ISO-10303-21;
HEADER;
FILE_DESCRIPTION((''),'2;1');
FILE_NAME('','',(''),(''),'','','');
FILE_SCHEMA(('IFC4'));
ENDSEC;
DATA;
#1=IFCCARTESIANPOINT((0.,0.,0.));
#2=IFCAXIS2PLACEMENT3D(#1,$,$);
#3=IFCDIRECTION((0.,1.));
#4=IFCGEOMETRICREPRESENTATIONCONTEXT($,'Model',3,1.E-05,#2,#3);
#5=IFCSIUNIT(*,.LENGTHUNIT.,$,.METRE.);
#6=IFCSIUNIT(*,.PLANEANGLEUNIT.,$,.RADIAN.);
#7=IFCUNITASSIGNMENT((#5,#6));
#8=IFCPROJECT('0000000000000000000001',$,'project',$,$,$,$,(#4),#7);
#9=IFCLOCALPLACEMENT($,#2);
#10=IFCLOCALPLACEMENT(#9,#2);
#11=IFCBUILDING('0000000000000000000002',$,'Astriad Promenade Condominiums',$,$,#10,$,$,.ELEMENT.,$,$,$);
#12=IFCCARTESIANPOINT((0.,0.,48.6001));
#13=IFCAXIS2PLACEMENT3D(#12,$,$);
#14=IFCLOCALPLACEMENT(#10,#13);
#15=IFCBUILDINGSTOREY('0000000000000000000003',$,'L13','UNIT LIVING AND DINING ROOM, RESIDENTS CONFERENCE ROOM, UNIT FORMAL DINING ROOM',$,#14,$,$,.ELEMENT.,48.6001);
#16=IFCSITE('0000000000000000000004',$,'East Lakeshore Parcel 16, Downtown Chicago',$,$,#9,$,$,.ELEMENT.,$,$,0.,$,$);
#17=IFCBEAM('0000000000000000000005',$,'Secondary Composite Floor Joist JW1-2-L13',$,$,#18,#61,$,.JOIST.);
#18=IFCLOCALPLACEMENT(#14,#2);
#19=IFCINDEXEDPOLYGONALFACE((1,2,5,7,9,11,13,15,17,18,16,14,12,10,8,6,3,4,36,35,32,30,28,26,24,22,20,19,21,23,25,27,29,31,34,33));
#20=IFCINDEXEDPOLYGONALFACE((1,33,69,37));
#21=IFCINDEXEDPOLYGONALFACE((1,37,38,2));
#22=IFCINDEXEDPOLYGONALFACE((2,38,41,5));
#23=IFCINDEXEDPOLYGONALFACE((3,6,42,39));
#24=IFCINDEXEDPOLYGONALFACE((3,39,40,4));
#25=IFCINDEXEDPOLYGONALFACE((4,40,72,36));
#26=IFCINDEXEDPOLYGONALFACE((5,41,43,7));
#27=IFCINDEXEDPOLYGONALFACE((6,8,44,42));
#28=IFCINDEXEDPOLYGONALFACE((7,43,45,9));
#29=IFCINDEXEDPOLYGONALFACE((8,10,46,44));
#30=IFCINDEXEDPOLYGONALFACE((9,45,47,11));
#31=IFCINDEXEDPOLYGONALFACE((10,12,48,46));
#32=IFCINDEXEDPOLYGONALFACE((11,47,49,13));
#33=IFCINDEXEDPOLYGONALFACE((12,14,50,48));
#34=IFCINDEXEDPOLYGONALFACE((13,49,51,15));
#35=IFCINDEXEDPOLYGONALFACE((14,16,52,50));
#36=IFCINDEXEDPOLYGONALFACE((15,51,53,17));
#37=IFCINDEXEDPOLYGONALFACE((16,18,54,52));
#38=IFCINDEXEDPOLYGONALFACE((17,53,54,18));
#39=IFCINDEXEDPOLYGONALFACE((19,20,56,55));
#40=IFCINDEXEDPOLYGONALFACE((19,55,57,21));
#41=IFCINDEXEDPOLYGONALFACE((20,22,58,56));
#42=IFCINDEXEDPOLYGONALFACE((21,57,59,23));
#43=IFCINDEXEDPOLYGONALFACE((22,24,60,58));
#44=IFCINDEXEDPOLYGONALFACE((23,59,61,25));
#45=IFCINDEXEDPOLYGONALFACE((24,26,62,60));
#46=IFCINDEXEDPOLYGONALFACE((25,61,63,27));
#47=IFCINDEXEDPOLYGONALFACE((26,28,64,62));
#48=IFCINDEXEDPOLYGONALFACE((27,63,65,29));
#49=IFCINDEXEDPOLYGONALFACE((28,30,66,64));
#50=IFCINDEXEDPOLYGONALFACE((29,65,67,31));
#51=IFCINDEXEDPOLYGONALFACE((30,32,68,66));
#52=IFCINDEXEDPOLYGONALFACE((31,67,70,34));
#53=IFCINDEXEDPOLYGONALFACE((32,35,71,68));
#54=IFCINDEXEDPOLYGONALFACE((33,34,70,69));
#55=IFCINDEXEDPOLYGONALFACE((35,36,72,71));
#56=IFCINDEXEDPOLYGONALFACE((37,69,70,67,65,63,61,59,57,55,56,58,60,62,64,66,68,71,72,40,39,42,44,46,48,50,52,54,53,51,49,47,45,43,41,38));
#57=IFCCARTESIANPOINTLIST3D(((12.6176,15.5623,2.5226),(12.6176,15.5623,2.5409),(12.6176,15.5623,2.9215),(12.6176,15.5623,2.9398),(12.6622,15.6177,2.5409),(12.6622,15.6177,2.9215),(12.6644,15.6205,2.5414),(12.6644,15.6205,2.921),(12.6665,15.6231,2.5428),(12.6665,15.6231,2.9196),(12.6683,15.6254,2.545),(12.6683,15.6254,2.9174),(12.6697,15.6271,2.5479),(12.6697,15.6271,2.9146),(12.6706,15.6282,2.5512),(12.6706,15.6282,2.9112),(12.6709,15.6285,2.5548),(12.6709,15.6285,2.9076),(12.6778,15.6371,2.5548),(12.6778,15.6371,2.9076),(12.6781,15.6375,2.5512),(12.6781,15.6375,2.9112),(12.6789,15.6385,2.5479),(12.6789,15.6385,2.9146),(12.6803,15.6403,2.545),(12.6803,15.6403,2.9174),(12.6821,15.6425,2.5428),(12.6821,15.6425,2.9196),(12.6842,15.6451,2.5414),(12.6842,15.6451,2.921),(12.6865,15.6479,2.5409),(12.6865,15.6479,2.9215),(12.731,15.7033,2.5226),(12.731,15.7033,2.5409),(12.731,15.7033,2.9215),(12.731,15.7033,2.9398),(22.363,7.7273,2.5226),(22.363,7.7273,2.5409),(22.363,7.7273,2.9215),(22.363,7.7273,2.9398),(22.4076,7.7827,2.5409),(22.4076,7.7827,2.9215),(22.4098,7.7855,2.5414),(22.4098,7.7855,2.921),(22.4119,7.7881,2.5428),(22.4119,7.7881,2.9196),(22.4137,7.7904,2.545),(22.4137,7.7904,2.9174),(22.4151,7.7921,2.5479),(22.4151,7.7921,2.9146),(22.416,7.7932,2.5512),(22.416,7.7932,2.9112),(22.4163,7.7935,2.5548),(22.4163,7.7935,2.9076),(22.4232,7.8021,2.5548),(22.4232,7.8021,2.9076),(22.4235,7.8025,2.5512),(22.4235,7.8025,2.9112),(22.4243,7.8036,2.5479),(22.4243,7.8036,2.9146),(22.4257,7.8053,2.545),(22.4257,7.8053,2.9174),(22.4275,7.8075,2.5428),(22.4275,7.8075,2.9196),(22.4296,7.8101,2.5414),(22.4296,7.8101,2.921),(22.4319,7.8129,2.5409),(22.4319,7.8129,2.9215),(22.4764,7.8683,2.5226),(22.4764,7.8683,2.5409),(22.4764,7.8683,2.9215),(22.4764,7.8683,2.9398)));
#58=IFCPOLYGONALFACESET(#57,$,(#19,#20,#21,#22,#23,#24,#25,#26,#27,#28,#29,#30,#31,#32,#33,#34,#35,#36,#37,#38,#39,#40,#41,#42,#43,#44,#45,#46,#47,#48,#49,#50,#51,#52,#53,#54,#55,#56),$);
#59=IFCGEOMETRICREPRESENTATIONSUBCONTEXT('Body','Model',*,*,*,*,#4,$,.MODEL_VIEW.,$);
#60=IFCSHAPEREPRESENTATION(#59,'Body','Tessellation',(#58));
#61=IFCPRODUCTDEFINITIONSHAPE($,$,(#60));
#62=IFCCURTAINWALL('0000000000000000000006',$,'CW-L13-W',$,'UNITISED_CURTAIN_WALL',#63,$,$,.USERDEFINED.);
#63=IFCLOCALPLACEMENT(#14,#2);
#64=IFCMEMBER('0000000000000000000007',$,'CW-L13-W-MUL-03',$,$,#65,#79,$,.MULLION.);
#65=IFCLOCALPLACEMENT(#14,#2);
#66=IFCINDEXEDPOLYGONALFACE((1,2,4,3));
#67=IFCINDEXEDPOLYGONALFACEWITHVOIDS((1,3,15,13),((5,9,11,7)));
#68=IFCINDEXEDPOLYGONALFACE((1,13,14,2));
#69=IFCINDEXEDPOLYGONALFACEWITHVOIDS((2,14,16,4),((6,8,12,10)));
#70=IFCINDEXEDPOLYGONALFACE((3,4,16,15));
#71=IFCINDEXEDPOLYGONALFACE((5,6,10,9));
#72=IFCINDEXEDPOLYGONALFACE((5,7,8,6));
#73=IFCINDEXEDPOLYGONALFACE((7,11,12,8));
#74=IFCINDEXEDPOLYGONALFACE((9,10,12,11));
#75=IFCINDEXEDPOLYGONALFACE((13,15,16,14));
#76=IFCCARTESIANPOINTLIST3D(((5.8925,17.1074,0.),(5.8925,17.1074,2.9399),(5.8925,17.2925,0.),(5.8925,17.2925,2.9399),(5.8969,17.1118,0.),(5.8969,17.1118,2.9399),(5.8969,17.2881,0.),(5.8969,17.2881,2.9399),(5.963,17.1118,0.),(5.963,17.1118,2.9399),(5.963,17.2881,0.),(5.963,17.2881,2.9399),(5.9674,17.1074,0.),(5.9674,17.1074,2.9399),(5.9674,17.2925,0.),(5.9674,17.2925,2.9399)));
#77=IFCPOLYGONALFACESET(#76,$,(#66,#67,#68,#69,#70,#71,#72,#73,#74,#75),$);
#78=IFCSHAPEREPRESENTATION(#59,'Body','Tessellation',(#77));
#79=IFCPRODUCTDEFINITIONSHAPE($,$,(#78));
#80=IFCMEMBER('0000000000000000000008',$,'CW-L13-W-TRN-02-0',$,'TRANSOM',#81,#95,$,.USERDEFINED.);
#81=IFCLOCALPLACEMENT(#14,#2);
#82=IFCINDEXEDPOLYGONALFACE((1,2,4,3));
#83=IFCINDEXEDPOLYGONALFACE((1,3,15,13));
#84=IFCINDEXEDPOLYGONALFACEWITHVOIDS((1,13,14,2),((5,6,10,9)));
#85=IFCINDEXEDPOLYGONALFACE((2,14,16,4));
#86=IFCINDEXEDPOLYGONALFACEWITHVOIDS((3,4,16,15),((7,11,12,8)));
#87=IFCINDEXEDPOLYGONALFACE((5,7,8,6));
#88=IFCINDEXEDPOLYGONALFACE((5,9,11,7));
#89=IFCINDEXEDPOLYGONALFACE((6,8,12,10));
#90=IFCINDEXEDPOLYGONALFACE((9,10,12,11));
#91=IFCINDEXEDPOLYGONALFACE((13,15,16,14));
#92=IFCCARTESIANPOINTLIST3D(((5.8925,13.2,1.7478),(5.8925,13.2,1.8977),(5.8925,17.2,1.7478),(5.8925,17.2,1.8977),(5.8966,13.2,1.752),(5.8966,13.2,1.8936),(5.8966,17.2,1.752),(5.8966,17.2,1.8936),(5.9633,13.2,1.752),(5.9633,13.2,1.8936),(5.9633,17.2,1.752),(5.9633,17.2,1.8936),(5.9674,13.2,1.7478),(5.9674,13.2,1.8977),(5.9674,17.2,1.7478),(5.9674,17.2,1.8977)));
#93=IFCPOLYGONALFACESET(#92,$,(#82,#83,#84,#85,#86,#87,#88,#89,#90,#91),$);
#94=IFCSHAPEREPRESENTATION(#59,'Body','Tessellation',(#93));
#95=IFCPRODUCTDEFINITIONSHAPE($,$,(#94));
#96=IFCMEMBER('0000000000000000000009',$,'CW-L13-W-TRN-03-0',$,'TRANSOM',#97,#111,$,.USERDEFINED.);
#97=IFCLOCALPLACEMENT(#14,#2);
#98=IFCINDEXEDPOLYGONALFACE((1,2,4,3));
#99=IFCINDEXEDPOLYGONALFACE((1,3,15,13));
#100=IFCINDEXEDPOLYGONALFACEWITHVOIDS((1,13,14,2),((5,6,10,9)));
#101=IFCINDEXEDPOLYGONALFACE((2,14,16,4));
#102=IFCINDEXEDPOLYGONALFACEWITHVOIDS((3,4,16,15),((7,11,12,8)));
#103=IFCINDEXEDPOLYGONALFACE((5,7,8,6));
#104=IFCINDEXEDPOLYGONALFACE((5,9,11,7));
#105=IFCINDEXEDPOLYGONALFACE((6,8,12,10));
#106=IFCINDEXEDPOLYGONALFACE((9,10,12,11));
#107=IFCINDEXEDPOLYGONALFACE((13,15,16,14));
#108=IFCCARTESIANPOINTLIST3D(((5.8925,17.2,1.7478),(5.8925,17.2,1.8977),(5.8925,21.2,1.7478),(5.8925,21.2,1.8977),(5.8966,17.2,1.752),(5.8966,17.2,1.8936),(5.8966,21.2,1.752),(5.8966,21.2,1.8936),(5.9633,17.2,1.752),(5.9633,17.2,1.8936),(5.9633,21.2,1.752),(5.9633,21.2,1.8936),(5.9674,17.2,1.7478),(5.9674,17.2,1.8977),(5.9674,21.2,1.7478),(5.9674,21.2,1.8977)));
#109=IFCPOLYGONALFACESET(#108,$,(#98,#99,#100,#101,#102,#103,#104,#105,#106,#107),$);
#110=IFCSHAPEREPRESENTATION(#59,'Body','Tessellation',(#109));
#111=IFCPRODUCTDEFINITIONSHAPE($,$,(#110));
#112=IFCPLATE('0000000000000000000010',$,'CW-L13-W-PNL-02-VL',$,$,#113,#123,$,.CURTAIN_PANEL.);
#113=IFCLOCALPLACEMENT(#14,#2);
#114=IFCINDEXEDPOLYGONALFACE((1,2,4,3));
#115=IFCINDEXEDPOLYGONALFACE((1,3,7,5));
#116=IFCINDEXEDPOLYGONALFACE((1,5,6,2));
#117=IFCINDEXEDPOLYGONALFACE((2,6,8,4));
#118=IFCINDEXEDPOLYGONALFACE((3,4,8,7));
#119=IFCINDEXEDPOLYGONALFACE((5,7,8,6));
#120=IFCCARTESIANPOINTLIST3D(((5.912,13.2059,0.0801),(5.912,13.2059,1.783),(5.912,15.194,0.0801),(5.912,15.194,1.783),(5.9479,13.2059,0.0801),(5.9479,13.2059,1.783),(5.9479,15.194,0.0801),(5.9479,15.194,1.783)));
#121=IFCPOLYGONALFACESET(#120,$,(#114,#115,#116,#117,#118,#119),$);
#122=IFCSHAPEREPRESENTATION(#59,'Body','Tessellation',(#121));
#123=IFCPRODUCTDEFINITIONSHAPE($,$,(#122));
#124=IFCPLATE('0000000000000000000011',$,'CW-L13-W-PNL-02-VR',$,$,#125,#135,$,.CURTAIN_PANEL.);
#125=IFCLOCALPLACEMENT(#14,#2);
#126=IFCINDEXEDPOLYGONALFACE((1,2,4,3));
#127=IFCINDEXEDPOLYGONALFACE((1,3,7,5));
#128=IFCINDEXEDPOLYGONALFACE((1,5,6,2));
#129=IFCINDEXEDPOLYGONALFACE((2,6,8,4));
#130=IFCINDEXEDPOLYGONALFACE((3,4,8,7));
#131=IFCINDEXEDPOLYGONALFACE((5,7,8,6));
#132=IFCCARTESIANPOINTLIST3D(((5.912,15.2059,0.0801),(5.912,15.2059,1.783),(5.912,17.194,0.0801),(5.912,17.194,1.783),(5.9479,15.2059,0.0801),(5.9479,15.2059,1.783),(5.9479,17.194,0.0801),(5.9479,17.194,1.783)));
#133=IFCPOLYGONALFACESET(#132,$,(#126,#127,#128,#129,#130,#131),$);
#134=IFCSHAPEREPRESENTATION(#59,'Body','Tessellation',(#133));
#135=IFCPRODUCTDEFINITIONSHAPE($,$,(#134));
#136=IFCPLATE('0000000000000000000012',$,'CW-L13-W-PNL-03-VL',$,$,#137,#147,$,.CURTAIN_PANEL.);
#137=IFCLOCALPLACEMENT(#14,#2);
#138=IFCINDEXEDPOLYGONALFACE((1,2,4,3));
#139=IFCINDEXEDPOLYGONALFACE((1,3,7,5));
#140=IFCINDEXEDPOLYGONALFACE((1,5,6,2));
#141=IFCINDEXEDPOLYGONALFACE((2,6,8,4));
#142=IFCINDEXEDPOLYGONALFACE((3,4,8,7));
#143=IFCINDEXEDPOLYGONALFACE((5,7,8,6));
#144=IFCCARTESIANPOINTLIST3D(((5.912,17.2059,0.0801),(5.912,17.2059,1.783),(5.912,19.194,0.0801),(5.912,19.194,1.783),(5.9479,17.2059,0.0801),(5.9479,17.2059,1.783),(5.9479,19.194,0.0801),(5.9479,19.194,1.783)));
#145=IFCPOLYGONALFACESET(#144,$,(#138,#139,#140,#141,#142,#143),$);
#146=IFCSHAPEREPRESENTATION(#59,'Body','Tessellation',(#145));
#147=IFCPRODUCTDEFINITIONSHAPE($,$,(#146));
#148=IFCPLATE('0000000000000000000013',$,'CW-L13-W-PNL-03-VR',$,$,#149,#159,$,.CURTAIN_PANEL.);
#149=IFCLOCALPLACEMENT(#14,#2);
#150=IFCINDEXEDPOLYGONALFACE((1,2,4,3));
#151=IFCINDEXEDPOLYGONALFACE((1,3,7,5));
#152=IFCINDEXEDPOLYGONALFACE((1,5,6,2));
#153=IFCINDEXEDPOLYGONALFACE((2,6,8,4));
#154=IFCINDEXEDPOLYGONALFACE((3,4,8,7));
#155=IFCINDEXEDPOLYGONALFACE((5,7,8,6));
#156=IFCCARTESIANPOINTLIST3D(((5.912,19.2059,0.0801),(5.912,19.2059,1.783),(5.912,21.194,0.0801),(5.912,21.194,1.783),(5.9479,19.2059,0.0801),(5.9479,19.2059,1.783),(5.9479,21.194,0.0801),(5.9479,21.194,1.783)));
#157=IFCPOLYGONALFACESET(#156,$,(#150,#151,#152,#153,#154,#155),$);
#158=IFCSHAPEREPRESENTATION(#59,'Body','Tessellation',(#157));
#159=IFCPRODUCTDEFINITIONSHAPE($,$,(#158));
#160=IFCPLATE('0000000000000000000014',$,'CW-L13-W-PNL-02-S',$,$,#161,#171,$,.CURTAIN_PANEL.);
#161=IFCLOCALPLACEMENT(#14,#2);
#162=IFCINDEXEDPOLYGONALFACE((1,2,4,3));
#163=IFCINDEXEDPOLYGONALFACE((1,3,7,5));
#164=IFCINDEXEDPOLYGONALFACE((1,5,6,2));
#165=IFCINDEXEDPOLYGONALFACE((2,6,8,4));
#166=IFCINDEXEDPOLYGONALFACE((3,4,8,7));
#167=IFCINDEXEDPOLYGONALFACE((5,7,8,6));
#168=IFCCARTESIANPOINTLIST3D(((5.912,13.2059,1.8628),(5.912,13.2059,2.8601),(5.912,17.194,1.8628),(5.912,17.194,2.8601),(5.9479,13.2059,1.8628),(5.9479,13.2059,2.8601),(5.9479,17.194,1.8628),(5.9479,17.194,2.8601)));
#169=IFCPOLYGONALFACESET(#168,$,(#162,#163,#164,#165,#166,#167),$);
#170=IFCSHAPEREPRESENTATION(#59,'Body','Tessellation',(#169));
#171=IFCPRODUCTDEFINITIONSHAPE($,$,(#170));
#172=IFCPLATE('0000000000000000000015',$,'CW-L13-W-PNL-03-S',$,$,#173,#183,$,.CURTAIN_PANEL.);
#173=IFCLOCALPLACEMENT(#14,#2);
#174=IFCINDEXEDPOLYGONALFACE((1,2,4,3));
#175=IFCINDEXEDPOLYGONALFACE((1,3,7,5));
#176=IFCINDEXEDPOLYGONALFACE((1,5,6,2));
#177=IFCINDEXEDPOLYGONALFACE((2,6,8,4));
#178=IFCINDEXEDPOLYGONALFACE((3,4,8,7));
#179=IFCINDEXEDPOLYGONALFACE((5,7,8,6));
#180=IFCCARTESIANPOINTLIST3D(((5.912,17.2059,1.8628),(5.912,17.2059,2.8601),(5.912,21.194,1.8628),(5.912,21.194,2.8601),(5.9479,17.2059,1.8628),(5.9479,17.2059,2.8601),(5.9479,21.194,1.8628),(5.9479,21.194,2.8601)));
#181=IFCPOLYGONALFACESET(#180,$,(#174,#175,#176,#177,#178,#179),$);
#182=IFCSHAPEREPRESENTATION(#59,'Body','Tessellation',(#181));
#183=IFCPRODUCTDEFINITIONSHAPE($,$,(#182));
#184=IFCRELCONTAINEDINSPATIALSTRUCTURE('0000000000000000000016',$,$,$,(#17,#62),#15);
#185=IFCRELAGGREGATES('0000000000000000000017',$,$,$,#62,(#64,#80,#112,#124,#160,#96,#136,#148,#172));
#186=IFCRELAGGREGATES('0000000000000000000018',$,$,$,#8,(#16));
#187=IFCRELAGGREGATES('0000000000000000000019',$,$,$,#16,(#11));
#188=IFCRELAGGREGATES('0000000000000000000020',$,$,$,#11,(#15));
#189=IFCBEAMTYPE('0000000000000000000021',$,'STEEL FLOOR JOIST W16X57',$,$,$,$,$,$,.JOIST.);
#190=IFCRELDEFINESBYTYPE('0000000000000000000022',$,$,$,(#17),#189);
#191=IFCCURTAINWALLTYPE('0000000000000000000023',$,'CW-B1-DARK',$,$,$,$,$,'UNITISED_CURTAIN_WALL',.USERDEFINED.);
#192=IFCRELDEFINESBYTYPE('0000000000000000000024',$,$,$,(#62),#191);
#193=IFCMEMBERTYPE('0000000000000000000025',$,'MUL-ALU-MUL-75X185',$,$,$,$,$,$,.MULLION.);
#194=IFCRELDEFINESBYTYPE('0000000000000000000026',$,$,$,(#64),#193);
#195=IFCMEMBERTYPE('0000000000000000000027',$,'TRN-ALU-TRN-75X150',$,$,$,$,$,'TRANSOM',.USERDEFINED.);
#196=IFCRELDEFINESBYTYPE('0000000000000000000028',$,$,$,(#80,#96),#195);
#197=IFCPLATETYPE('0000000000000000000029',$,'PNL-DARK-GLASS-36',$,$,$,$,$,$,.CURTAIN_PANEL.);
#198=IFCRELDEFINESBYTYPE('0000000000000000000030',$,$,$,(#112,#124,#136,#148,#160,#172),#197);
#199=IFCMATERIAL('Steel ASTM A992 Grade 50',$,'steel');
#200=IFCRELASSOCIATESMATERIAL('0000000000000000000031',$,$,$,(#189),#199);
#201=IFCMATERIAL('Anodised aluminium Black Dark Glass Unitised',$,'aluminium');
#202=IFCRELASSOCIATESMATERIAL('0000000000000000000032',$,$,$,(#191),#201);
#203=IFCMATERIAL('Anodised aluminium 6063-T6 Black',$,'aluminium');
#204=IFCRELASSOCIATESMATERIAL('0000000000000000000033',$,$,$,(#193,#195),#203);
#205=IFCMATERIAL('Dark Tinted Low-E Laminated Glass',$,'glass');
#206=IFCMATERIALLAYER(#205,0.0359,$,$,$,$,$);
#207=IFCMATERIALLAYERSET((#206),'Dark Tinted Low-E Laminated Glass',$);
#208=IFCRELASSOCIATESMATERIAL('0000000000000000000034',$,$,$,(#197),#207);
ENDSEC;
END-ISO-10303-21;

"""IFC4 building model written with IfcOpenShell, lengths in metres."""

from ifc_helpers import new_model, si_unit, direction, frame, origin, origin_2d, place, context, subcontext, project, spatial, rectangle, hollow_rectangle, i_section, extrude, source, transform, mapped, material, layer, layer_set, material_profile, profile_set, type_object, type_shapes, element, aggregate, save


model = new_model("IFC4")

# Units and contexts
model_context = context("Model", 3, precision=1e-05, world=origin(), true_north=direction((0.0, 1.0)))
body_context = subcontext(model_context, "Body", "Model", "MODEL_VIEW")
ifc_project = project(units=[si_unit("LENGTHUNIT", "METRE"), si_unit("PLANEANGLEUNIT", "RADIAN")], contexts=[model_context])

# Site, building, storey
site_placement = place(None, origin())
site = spatial("IfcSite", under=ifc_project, at=site_placement, Name="East Lakeshore Parcel 16, Downtown Chicago", CompositionType="ELEMENT", RefElevation=0.0)
building_placement = place(site_placement, origin())
building = spatial("IfcBuilding", under=site, at=building_placement, Name="Astriad Promenade Condominiums", CompositionType="ELEMENT")
storey_placement = place(building_placement, frame((0.0, 0.0, 48.6001)))
storey = spatial("IfcBuildingStorey", under=building, at=storey_placement, Name="L13", Description="UNIT LIVING AND DINING ROOM, RESIDENTS CONFERENCE ROOM, UNIT FORMAL DINING ROOM", CompositionType="ELEMENT", Elevation=48.6001)

# Beam
ifc_material_1 = material(Name="Steel ASTM A992 Grade 50", Category="steel")
ifc_material_profile_1 = material_profile(ifc_material_1, i_section(OverallWidth=0.1809, OverallDepth=0.4172, WebThickness=0.011, FlangeThickness=0.0183, FilletRadius=0.0139, at=origin_2d()), Name="W16X57")
ifc_profile_set_1 = profile_set([ifc_material_profile_1], Name="Steel ASTM A992 Grade 50")
beam_type_1 = type_object("IfcBeamType", Name="STEEL FLOOR JOIST W16X57", PredefinedType="JOIST", material=ifc_profile_set_1)
shared_shape_1 = source(origin(), body_context, "Body", "SweptSolid", [
    extrude(i_section(OverallWidth=0.1809, OverallDepth=0.4172, WebThickness=0.011, FlangeThickness=0.0183, FilletRadius=0.0139, at=origin_2d()), origin(), (0.0, 0.0, 1.0), 12.5044),
])
beam_1_placement = place(storey_placement, frame((12.6743, 15.6328, 2.7312), z_axis=(0.779358, -0.626579, 0.0), x_axis=(0.626579, 0.779358, 0.0)))
element("IfcBeam", 1, at=beam_1_placement, inside=storey, type_object=beam_type_1, Name="Secondary Composite Floor Joist JW1-2-L13", PredefinedType="JOIST", context=body_context, shape_type="MappedRepresentation", body=[
    mapped(shared_shape_1, transform((0.0, 0.0, 0.0), scale=1.0)),
])

# Curtain wall, members, plates
ifc_material_2 = material(Name="Anodised aluminium Black Dark Glass Unitised", Category="aluminium")
curtain_wall_type = type_object("IfcCurtainWallType", Name="CW-B1-DARK", ElementType="UNITISED_CURTAIN_WALL", PredefinedType="USERDEFINED", material=ifc_material_2)
curtain_wall_placement = place(storey_placement, origin())
curtain_wall = element("IfcCurtainWall", 2, at=curtain_wall_placement, inside=storey, type_object=curtain_wall_type, Name="CW-L13-W", ObjectType="UNITISED_CURTAIN_WALL", PredefinedType="USERDEFINED")
ifc_material_3 = material(Name="Anodised aluminium 6063-T6 Black", Category="aluminium")
ifc_material_profile_2 = material_profile(ifc_material_3, hollow_rectangle(XDim=0.075, YDim=0.1851, WallThickness=0.0044, at=origin_2d()), Name="ALU-MUL-75X185")
ifc_profile_set_2 = profile_set([ifc_material_profile_2], Name="Anodised aluminium 6063-T6 Black")
member_type_1 = type_object("IfcMemberType", Name="MUL-ALU-MUL-75X185", PredefinedType="MULLION", material=ifc_profile_set_2)
shared_shape_2 = source(origin(), body_context, "Body", "SweptSolid", [
    extrude(hollow_rectangle(XDim=0.075, YDim=0.1851, WallThickness=0.0044, at=origin_2d()), origin(), (0.0, 0.0, 1.0), 2.9399),
])
type_shapes(member_type_1, [shared_shape_2])
member_1_placement = place(storey_placement, frame((5.9299, 17.2, 0.0), z_axis=(0.0, 0.0, 1.0), x_axis=(1.0, 0.0, 0.0)))
member_1 = element("IfcMember", 3, at=member_1_placement, type_object=member_type_1, Name="CW-L13-W-MUL-03", PredefinedType="MULLION", context=body_context, shape_type="MappedRepresentation", body=[
    mapped(shared_shape_2, transform((0.0, 0.0, 0.0), scale=1.0)),
])
ifc_material_profile_3 = material_profile(ifc_material_3, hollow_rectangle(XDim=0.075, YDim=0.1499, WallThickness=0.0042, at=origin_2d()), Name="ALU-TRN-75X150")
ifc_profile_set_3 = profile_set([ifc_material_profile_3], Name="Anodised aluminium 6063-T6 Black")
member_type_2 = type_object("IfcMemberType", Name="TRN-ALU-TRN-75X150", ElementType="TRANSOM", PredefinedType="USERDEFINED", material=ifc_profile_set_3)
shared_shape_3 = source(origin(), body_context, "Body", "SweptSolid", [
    extrude(hollow_rectangle(XDim=0.075, YDim=0.1499, WallThickness=0.0042, at=origin_2d()), origin(), (0.0, 0.0, 1.0), 4.0),
])
type_shapes(member_type_2, [shared_shape_3])
member_2_placement = place(storey_placement, frame((5.9299, 13.2, 1.8228), z_axis=(0.0, 1.0, 0.0), x_axis=(-1.0, 0.0, 0.0)))
member_2 = element("IfcMember", 4, at=member_2_placement, type_object=member_type_2, Name="CW-L13-W-TRN-02-0", ObjectType="TRANSOM", PredefinedType="USERDEFINED", context=body_context, shape_type="MappedRepresentation", body=[
    mapped(shared_shape_3, transform((0.0, 0.0, 0.0), scale=1.0)),
])
member_3_placement = place(storey_placement, frame((5.9299, 17.2, 1.8228), z_axis=(0.0, 1.0, 0.0), x_axis=(-1.0, 0.0, 0.0)))
member_3 = element("IfcMember", 5, at=member_3_placement, type_object=member_type_2, Name="CW-L13-W-TRN-03-0", ObjectType="TRANSOM", PredefinedType="USERDEFINED", context=body_context, shape_type="MappedRepresentation", body=[
    mapped(shared_shape_3, transform((0.0, 0.0, 0.0), scale=1.0)),
])
ifc_material_4 = material(Name="Dark Tinted Low-E Laminated Glass", Category="glass")
ifc_layer_1 = layer(ifc_material_4, 0.0359)
ifc_layer_set_1 = layer_set([ifc_layer_1], Name="Dark Tinted Low-E Laminated Glass")
plate_type = type_object("IfcPlateType", Name="PNL-DARK-GLASS-36", PredefinedType="CURTAIN_PANEL", material=ifc_layer_set_1)
shared_shape_4 = source(origin(), body_context, "Body", "SweptSolid", [
    extrude(rectangle(XDim=1.988, YDim=0.0359, at=origin_2d()), origin(), (0.0, 0.0, 1.0), 1.7029),
])
plate_1_placement = place(storey_placement, frame((5.9299, 14.2, 0.0801), z_axis=(0.0, 0.0, 1.0), x_axis=(0.0, 1.0, 0.0)))
plate_1 = element("IfcPlate", 6, at=plate_1_placement, type_object=plate_type, Name="CW-L13-W-PNL-02-VL", PredefinedType="CURTAIN_PANEL", context=body_context, shape_type="MappedRepresentation", body=[
    mapped(shared_shape_4, transform((0.0, 0.0, 0.0), scale=1.0)),
])
plate_2_placement = place(storey_placement, frame((5.9299, 16.2, 0.0801), z_axis=(0.0, 0.0, 1.0), x_axis=(0.0, 1.0, 0.0)))
plate_2 = element("IfcPlate", 7, at=plate_2_placement, type_object=plate_type, Name="CW-L13-W-PNL-02-VR", PredefinedType="CURTAIN_PANEL", context=body_context, shape_type="MappedRepresentation", body=[
    mapped(shared_shape_4, transform((0.0, 0.0, 0.0), scale=1.0)),
])
plate_3_placement = place(storey_placement, frame((5.9299, 18.2, 0.0801), z_axis=(0.0, 0.0, 1.0), x_axis=(0.0, 1.0, 0.0)))
plate_3 = element("IfcPlate", 8, at=plate_3_placement, type_object=plate_type, Name="CW-L13-W-PNL-03-VL", PredefinedType="CURTAIN_PANEL", context=body_context, shape_type="MappedRepresentation", body=[
    mapped(shared_shape_4, transform((0.0, 0.0, 0.0), scale=1.0)),
])
plate_4_placement = place(storey_placement, frame((5.9299, 20.2, 0.0801), z_axis=(0.0, 0.0, 1.0), x_axis=(0.0, 1.0, 0.0)))
plate_4 = element("IfcPlate", 9, at=plate_4_placement, type_object=plate_type, Name="CW-L13-W-PNL-03-VR", PredefinedType="CURTAIN_PANEL", context=body_context, shape_type="MappedRepresentation", body=[
    mapped(shared_shape_4, transform((0.0, 0.0, 0.0), scale=1.0)),
])
shared_shape_5 = source(origin(), body_context, "Body", "SweptSolid", [
    extrude(rectangle(XDim=3.988, YDim=0.0359, at=origin_2d()), origin(), (0.0, 0.0, 1.0), 0.9973),
])
type_shapes(plate_type, [shared_shape_4, shared_shape_5])
plate_5_placement = place(storey_placement, frame((5.9299, 15.2, 1.8628), z_axis=(0.0, 0.0, 1.0), x_axis=(0.0, 1.0, 0.0)))
plate_5 = element("IfcPlate", 10, at=plate_5_placement, type_object=plate_type, Name="CW-L13-W-PNL-02-S", PredefinedType="CURTAIN_PANEL", context=body_context, shape_type="MappedRepresentation", body=[
    mapped(shared_shape_5, transform((0.0, 0.0, 0.0), scale=1.0)),
])
plate_6_placement = place(storey_placement, frame((5.9299, 19.2, 1.8628), z_axis=(0.0, 0.0, 1.0), x_axis=(0.0, 1.0, 0.0)))
plate_6 = element("IfcPlate", 11, at=plate_6_placement, type_object=plate_type, Name="CW-L13-W-PNL-03-S", PredefinedType="CURTAIN_PANEL", context=body_context, shape_type="MappedRepresentation", body=[
    mapped(shared_shape_5, transform((0.0, 0.0, 0.0), scale=1.0)),
])
aggregate(curtain_wall, [member_1, member_2, plate_1, plate_2, plate_5, member_3, plate_3, plate_4, plate_6])

save(model, "model.ifc")
